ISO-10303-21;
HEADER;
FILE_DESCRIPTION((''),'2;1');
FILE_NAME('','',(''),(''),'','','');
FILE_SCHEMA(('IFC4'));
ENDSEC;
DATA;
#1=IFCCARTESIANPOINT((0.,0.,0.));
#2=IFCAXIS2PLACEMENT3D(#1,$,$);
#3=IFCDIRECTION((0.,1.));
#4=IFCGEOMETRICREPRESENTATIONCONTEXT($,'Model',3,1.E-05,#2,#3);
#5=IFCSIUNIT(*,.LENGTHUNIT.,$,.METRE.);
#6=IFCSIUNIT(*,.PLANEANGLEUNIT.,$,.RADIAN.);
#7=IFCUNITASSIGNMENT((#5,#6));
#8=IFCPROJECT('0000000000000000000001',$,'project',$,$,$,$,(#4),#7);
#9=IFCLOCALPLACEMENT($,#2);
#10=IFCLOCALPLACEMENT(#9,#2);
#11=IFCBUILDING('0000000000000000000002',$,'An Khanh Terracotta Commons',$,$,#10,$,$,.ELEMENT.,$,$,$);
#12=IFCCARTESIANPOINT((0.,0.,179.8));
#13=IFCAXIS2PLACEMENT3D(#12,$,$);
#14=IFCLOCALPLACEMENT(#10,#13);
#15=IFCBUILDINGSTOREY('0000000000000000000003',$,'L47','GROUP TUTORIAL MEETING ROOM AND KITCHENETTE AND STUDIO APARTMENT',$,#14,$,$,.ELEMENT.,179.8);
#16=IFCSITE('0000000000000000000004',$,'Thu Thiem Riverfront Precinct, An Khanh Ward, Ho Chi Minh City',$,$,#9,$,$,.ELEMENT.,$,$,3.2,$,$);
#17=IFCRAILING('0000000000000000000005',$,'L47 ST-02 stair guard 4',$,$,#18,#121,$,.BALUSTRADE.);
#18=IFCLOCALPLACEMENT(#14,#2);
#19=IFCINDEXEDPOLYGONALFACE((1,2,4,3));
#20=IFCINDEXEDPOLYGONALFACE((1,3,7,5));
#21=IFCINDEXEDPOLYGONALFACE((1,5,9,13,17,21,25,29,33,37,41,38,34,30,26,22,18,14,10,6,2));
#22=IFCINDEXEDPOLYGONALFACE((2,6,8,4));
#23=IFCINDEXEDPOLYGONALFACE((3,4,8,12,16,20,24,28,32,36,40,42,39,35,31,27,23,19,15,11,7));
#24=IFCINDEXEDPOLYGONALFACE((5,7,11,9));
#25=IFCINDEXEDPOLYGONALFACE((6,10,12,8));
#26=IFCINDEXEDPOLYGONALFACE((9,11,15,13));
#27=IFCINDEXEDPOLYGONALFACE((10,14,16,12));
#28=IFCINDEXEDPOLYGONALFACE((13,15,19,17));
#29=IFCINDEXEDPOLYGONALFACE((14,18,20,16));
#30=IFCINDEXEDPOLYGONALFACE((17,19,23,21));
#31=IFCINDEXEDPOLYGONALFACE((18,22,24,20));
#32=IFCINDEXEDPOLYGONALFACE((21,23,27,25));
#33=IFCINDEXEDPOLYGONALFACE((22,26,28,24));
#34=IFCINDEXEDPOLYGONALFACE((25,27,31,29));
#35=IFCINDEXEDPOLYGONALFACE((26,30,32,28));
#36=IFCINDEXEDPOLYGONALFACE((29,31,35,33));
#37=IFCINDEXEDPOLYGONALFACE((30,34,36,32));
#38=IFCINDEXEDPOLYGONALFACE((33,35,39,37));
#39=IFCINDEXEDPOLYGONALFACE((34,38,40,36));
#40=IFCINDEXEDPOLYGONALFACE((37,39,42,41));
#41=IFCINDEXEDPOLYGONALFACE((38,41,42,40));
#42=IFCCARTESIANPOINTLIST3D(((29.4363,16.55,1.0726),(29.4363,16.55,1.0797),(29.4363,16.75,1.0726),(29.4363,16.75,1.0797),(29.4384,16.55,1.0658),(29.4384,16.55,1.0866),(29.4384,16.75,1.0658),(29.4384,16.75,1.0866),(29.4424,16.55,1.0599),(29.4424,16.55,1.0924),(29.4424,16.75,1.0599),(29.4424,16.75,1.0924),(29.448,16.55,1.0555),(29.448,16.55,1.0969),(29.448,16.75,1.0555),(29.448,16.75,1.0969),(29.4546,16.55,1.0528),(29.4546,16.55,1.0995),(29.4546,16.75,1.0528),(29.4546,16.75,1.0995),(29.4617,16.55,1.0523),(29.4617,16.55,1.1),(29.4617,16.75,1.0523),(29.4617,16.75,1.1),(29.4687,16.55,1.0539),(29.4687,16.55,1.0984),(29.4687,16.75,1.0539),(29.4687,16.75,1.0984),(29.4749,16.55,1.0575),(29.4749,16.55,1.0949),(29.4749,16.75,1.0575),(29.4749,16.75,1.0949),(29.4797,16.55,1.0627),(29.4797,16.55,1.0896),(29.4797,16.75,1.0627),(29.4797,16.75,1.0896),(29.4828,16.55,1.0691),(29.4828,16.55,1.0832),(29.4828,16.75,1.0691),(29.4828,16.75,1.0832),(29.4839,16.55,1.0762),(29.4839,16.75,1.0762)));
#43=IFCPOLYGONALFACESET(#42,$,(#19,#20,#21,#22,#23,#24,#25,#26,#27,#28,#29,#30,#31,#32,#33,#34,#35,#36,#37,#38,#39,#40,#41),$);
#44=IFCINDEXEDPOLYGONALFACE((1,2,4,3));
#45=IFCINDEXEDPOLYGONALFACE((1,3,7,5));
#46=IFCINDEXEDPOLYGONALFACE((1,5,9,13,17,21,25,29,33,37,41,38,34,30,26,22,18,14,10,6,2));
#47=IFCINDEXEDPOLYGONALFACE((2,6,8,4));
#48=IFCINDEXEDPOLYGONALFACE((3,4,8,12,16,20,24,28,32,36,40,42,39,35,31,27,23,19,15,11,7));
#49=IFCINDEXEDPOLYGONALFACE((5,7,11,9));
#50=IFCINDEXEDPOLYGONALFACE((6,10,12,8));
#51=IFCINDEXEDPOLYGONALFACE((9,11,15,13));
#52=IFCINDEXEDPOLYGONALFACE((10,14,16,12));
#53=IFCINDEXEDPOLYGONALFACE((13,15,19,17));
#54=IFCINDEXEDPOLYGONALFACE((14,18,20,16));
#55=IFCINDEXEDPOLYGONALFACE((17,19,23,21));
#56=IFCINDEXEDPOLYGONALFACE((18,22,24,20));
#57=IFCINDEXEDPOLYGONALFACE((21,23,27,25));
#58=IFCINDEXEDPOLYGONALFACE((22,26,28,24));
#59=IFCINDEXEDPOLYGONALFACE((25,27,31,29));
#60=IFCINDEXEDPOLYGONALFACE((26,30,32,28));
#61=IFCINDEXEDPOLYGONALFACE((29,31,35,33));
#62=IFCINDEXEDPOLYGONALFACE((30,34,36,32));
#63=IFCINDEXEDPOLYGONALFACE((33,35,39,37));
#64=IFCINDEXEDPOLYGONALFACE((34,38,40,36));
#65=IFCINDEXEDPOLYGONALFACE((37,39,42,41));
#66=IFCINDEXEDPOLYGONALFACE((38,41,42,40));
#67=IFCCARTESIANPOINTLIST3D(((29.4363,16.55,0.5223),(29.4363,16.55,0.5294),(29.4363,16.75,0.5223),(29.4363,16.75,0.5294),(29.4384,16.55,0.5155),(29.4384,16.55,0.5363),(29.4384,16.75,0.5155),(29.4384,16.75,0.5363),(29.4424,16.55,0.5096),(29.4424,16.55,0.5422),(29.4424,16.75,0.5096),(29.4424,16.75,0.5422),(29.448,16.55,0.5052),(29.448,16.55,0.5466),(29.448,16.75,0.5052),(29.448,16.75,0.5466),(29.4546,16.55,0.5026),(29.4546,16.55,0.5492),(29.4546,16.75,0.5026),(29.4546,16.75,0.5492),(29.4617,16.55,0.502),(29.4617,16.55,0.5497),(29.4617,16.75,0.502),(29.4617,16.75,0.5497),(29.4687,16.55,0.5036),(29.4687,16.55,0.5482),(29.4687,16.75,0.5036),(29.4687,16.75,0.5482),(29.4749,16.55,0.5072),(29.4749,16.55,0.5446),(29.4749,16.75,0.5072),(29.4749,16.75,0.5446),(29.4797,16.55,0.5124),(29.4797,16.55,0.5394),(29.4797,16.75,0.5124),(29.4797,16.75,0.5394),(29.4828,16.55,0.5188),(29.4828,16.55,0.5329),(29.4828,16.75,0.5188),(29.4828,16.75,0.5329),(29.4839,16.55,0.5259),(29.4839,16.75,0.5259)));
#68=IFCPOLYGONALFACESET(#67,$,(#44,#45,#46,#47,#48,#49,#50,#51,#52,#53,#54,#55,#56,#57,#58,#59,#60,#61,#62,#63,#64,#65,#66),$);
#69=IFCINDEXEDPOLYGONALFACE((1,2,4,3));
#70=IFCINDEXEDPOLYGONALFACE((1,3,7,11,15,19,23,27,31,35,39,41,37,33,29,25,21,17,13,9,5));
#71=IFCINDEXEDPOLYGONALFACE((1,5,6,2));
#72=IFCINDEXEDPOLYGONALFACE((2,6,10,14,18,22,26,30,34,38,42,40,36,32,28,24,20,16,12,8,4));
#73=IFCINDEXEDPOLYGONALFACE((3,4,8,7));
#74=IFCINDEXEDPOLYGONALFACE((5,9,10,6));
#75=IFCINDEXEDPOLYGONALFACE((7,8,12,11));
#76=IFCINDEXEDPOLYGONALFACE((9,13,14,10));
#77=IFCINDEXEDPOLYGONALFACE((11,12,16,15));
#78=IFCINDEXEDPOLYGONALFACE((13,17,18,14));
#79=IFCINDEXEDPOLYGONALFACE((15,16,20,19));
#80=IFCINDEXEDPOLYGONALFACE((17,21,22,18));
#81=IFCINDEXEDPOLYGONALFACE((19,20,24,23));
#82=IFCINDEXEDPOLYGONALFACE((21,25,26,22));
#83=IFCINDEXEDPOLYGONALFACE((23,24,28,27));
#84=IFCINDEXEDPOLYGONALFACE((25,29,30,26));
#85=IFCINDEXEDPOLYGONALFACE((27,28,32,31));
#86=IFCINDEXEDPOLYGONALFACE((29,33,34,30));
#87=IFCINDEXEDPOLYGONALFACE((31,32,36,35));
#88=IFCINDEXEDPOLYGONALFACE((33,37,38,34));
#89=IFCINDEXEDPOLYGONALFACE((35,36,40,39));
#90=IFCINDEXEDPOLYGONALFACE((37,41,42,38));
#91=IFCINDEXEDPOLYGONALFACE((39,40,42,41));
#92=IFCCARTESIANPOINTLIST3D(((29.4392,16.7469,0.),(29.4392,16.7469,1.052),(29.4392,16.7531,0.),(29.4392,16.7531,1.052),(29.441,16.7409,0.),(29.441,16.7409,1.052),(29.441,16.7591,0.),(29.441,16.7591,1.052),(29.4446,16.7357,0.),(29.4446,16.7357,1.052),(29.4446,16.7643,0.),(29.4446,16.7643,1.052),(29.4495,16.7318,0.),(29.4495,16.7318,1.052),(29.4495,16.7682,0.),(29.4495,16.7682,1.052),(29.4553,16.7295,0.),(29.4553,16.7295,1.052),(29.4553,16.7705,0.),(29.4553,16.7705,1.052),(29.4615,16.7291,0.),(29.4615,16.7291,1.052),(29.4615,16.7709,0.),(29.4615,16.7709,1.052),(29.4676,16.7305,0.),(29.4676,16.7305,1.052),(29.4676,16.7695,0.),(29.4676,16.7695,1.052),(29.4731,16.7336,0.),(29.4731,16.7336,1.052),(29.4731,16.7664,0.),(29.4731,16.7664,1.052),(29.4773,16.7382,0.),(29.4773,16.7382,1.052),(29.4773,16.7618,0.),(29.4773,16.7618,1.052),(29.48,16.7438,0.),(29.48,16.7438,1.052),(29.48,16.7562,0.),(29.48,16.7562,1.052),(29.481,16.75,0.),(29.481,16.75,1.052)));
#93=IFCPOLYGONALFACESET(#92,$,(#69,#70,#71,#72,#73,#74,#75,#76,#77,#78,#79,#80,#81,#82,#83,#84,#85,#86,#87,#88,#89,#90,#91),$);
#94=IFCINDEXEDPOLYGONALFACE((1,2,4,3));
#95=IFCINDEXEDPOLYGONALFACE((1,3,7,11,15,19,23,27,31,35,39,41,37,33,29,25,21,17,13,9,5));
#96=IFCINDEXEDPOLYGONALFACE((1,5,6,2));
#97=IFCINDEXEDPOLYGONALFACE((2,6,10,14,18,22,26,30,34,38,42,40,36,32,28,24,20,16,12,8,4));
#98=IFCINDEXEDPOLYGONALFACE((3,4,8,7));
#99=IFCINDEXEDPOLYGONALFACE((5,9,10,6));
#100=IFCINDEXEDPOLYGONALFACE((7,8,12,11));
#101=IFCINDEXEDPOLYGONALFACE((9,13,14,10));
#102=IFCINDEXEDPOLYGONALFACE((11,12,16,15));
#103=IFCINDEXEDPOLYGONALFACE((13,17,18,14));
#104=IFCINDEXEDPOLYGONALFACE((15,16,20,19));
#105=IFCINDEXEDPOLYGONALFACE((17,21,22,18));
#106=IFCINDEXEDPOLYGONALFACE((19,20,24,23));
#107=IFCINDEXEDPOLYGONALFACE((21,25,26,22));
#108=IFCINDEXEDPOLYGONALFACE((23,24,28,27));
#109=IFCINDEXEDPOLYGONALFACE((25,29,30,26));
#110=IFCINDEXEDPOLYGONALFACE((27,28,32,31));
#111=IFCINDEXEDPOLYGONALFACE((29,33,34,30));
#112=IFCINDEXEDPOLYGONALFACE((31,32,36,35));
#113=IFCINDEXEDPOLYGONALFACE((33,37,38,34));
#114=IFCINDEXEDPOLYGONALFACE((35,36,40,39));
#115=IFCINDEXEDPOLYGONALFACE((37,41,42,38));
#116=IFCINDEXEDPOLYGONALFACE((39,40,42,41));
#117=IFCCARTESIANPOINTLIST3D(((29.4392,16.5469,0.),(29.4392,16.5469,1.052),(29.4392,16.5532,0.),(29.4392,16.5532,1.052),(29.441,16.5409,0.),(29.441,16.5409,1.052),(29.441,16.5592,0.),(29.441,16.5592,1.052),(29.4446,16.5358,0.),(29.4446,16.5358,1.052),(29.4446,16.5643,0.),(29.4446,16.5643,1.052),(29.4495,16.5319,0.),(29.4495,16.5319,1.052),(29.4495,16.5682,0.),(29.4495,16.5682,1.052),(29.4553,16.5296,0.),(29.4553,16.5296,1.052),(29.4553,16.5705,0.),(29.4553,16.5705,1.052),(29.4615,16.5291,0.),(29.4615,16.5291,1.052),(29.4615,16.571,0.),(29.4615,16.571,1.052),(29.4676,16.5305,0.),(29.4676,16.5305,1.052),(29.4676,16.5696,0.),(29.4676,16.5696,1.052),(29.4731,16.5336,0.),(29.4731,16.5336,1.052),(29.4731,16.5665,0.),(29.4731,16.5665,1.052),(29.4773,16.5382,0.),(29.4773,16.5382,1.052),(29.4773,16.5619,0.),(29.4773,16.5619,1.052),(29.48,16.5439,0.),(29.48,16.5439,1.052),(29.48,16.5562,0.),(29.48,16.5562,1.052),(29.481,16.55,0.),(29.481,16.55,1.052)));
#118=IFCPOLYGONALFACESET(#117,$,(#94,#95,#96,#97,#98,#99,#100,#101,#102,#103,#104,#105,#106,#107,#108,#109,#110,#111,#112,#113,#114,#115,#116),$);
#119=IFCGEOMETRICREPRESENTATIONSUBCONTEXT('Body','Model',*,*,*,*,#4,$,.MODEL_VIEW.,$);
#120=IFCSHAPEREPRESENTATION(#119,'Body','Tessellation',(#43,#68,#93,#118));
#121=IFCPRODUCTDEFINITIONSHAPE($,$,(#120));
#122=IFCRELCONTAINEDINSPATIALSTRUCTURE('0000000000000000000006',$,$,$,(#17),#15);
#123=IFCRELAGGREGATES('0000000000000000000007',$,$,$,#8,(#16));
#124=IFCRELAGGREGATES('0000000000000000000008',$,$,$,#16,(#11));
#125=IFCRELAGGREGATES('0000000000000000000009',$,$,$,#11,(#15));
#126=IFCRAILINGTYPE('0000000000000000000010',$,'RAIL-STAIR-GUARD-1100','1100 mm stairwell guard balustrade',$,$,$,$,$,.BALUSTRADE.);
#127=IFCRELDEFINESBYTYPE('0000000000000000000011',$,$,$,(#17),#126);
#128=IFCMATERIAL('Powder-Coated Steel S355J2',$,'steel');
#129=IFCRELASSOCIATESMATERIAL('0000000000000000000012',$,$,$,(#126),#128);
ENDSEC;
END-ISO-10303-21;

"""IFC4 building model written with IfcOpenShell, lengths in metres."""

from ifc_helpers import new_model, si_unit, direction, frame, origin, origin_2d, place, context, subcontext, project, spatial, circle, extrude, material, type_object, element, save


model = new_model("IFC4")

# Units and contexts
model_context = context("Model", 3, precision=1e-05, world=origin(), true_north=direction((0.0, 1.0)))
body_context = subcontext(model_context, "Body", "Model", "MODEL_VIEW")
ifc_project = project(units=[si_unit("LENGTHUNIT", "METRE"), si_unit("PLANEANGLEUNIT", "RADIAN")], contexts=[model_context])

# Site, building, storey
site_placement = place(None, origin())
site = spatial("IfcSite", under=ifc_project, at=site_placement, Name="Thu Thiem Riverfront Precinct, An Khanh Ward, Ho Chi Minh City", CompositionType="ELEMENT", RefElevation=3.2)
building_placement = place(site_placement, origin())
building = spatial("IfcBuilding", under=site, at=building_placement, Name="An Khanh Terracotta Commons", CompositionType="ELEMENT")
storey_placement = place(building_placement, frame((0.0, 0.0, 179.8)))
storey = spatial("IfcBuildingStorey", under=building, at=storey_placement, Name="L47", Description="GROUP TUTORIAL MEETING ROOM AND KITCHENETTE AND STUDIO APARTMENT", CompositionType="ELEMENT", Elevation=179.8)

# Railing
ifc_material_1 = material(Name="Powder-Coated Steel S355J2", Category="steel")
railing_type_1 = type_object("IfcRailingType", Name="RAIL-STAIR-GUARD-1100", Description="1100 mm stairwell guard balustrade", PredefinedType="BALUSTRADE", material=ifc_material_1)
railing_1_placement = place(storey_placement, frame((29.46, 16.75, 0.0)))
element("IfcRailing", 1, at=railing_1_placement, inside=storey, type_object=railing_type_1, Name="L47 ST-02 stair guard 4", PredefinedType="BALUSTRADE", context=body_context, shape_type="SweptSolid", body=[
    extrude(circle(Radius=0.0239, at=origin_2d()), frame((0.0, 0.0, 1.0762), z_axis=(0.0, -1.0, 0.0), x_axis=(1.0, 0.0, 0.0)), (0.0, 0.0, 1.0), 0.2),
    extrude(circle(Radius=0.0239, at=origin_2d()), frame((0.0, 0.0, 0.5259), z_axis=(0.0, -1.0, 0.0), x_axis=(1.0, 0.0, 0.0)), (0.0, 0.0, 1.0), 0.2),
    extrude(circle(Radius=0.021, at=origin_2d()), origin(), (0.0, 0.0, 1.0), 1.052),
    extrude(circle(Radius=0.021, at=origin_2d()), frame((0.0, -0.2, 0.0)), (0.0, 0.0, 1.0), 1.052),
])

save(model, "model.ifc")
